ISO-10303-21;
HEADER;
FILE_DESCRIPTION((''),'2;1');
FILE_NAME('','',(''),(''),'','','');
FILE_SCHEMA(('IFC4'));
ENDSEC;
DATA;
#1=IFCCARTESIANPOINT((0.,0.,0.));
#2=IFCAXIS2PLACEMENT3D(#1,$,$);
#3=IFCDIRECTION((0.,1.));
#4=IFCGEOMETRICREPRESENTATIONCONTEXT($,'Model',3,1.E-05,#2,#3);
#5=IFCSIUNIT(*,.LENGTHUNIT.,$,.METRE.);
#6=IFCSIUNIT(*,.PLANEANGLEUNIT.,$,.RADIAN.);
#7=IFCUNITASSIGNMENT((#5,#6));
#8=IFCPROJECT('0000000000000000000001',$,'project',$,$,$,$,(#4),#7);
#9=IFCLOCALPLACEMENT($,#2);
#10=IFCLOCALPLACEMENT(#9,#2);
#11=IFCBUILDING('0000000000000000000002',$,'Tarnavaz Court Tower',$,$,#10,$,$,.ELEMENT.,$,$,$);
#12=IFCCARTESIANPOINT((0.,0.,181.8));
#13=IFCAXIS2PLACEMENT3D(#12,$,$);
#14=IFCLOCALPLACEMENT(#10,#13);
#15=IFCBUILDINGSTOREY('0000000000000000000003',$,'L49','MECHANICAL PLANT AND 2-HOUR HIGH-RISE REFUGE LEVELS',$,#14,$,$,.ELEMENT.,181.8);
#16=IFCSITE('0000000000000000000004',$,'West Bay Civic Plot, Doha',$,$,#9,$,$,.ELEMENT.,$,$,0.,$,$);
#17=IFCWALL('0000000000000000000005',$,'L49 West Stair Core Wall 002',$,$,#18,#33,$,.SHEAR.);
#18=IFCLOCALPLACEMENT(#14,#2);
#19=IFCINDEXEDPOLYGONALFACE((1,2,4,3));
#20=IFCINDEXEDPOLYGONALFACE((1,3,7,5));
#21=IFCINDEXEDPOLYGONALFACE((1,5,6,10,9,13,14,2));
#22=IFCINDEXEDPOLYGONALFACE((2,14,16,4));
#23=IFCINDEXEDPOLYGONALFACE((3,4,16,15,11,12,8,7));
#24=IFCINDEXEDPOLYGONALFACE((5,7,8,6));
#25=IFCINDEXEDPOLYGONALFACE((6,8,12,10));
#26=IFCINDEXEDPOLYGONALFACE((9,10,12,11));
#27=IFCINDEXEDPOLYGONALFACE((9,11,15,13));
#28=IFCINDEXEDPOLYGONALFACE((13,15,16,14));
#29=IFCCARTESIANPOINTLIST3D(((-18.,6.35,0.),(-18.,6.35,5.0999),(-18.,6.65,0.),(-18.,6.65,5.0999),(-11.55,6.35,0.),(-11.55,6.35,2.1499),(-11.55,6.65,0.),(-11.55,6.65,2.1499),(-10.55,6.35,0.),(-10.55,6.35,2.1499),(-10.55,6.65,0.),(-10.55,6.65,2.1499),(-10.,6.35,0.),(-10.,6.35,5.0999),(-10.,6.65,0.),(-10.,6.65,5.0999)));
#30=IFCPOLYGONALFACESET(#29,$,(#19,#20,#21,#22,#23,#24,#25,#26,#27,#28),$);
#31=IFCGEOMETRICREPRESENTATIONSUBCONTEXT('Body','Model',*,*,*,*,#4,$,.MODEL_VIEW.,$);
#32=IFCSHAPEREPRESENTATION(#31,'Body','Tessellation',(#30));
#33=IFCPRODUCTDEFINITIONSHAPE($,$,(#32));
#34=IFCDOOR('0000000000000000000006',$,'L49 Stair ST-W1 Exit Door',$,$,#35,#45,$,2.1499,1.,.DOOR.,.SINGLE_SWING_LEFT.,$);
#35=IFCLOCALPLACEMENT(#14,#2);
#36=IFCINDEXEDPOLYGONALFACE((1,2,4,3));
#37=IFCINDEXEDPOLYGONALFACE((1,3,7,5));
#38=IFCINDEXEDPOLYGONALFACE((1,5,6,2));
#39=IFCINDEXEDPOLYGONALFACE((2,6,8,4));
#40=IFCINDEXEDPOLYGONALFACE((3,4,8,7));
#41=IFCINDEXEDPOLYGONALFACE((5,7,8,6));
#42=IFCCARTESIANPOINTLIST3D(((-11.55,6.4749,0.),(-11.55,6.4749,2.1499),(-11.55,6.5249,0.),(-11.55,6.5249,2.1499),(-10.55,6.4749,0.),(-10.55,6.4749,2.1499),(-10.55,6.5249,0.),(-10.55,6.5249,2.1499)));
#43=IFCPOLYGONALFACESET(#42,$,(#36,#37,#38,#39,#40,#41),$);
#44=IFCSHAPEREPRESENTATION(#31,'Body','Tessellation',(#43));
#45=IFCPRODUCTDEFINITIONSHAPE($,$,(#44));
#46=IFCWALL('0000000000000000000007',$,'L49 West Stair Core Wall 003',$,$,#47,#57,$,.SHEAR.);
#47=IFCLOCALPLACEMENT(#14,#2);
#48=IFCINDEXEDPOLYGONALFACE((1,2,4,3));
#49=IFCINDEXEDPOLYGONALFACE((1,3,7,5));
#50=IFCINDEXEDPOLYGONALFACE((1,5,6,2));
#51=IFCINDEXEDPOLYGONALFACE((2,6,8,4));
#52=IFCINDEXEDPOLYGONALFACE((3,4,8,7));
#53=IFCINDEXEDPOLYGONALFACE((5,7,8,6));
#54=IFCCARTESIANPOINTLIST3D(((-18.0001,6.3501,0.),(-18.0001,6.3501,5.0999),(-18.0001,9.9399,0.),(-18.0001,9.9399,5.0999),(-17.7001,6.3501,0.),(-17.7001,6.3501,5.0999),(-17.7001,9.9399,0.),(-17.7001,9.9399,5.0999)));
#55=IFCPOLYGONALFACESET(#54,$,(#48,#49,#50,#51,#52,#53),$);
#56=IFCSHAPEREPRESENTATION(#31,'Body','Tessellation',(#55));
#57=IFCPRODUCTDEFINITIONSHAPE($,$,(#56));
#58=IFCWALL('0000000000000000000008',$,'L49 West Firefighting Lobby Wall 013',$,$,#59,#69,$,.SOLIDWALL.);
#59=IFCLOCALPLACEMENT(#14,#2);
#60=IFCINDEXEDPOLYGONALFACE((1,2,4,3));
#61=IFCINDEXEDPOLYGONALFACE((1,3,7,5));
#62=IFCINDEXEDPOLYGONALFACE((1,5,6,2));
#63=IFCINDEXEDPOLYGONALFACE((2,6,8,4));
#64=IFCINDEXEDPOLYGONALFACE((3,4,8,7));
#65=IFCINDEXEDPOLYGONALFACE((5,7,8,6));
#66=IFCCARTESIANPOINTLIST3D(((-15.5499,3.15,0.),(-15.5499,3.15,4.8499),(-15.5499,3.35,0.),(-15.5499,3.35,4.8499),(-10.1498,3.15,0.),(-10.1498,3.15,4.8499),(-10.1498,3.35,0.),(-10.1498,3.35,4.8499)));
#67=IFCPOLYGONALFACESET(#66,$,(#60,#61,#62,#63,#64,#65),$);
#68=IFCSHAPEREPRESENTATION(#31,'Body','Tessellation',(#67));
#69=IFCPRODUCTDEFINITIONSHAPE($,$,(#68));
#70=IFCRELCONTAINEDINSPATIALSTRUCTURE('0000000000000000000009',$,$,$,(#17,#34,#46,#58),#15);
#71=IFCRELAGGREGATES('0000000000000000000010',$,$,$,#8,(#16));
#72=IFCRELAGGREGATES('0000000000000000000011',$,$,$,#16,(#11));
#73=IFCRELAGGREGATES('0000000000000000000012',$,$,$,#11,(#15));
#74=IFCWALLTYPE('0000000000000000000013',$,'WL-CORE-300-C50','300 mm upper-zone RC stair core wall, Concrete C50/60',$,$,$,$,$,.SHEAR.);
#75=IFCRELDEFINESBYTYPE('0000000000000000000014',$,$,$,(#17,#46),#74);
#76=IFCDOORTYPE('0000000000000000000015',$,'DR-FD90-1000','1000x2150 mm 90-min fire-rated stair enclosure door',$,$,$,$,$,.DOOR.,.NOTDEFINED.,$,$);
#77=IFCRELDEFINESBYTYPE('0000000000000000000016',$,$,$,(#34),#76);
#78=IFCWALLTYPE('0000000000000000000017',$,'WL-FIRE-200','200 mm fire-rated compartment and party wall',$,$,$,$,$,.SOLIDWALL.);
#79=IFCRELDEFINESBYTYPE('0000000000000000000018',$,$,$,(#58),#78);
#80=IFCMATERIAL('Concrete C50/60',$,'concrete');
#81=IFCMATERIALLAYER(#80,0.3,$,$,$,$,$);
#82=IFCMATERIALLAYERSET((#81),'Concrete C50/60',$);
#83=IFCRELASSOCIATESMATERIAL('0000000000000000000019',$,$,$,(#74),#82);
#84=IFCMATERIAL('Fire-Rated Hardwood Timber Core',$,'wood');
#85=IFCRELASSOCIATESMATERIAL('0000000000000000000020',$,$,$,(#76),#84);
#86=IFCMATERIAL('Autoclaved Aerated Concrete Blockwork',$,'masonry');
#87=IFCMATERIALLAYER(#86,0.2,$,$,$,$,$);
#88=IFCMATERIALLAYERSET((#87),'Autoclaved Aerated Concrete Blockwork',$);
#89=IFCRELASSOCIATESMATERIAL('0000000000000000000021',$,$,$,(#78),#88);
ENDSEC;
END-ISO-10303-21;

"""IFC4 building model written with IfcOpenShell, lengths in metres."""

from ifc_helpers import new_model, si_unit, direction, frame, frame_2d, origin, place, context, subcontext, project, spatial, rectangle, extrude, material, layer, layer_set, type_object, element, fill, save


model = new_model("IFC4")

# Units and contexts
model_context = context("Model", 3, precision=1e-05, world=origin(), true_north=direction((0.0, 1.0)))
body_context = subcontext(model_context, "Body", "Model", "MODEL_VIEW")
ifc_project = project(units=[si_unit("LENGTHUNIT", "METRE"), si_unit("PLANEANGLEUNIT", "RADIAN")], contexts=[model_context])

# Site, building, storey
site_placement = place(None, origin())
site = spatial("IfcSite", under=ifc_project, at=site_placement, Name="West Bay Civic Plot, Doha", CompositionType="ELEMENT", RefElevation=0.0)
building_placement = place(site_placement, origin())
building = spatial("IfcBuilding", under=site, at=building_placement, Name="Tarnavaz Court Tower", CompositionType="ELEMENT")
storey_placement = place(building_placement, frame((0.0, 0.0, 181.8)))
storey = spatial("IfcBuildingStorey", under=building, at=storey_placement, Name="L49", Description="MECHANICAL PLANT AND 2-HOUR HIGH-RISE REFUGE LEVELS", CompositionType="ELEMENT", Elevation=181.8)

# Shared definitions
ifc_material_1 = material(Name="Concrete C50/60", Category="concrete")

# Wall, opening, door
ifc_layer_1 = layer(ifc_material_1, 0.3)
ifc_layer_set_1 = layer_set([ifc_layer_1], Name="Concrete C50/60")
wall_type_1 = type_object("IfcWallType", Name="WL-CORE-300-C50", Description="300 mm upper-zone RC stair core wall, Concrete C50/60", PredefinedType="SHEAR", material=ifc_layer_set_1)
wall_1_placement = place(storey_placement, frame((-18.0, 6.5, 0.0), z_axis=(0.0, 0.0, 1.0), x_axis=(1.0, 0.0, 0.0)))
wall_1 = element("IfcWall", 1, at=wall_1_placement, inside=storey, type_object=wall_type_1, Name="L49 West Stair Core Wall 002", PredefinedType="SHEAR", context=body_context, shape_type="SweptSolid", body=[
    extrude(rectangle(XDim=8.0, YDim=0.3, at=frame_2d((4.0, 0.0))), origin(), (0.0, 0.0, 1.0), 5.0999),
])
opening_placement = place(wall_1_placement, frame((6.45, 0.0, 0.0)))
opening = element("IfcOpeningElement", 2, at=opening_placement, cuts=wall_1, PredefinedType="OPENING", context=body_context, shape_type="SweptSolid", body=[
    extrude(rectangle(XDim=1.0, YDim=2.1499, at=frame_2d((0.5, 1.075))), frame((0.0, 0.1599, 0.0), z_axis=(0.0, -1.0, 0.0), x_axis=(1.0, 0.0, 0.0)), (0.0, 0.0, 1.0), 0.3201),
])
ifc_material_2 = material(Name="Fire-Rated Hardwood Timber Core", Category="wood")
door_type = type_object("IfcDoorType", Name="DR-FD90-1000", Description="1000x2150 mm 90-min fire-rated stair enclosure door", OperationType="NOTDEFINED", PredefinedType="DOOR", material=ifc_material_2)
door_placement = place(opening_placement, origin())
door = element("IfcDoor", 3, at=door_placement, inside=storey, type_object=door_type, Name="L49 Stair ST-W1 Exit Door", OperationType="SINGLE_SWING_LEFT", OverallHeight=2.1499, OverallWidth=1.0, PredefinedType="DOOR", context=body_context, shape_type="SweptSolid", body=[
    extrude(rectangle(XDim=1.0, YDim=2.1499, at=frame_2d((0.5, 1.075))), frame((0.0, 0.0249, 0.0), z_axis=(0.0, -1.0, 0.0), x_axis=(1.0, 0.0, 0.0)), (0.0, 0.0, 1.0), 0.05),
])
fill(opening, door)

# Walls
wall_2_placement = place(storey_placement, frame((-17.8501, 6.3501, 0.0), z_axis=(0.0, 0.0, 1.0), x_axis=(0.0, 1.0, 0.0)))
element("IfcWall", 4, at=wall_2_placement, inside=storey, type_object=wall_type_1, Name="L49 West Stair Core Wall 003", PredefinedType="SHEAR", context=body_context, shape_type="SweptSolid", body=[
    extrude(rectangle(XDim=3.5898, YDim=0.3, at=frame_2d((1.7949, 0.0))), origin(), (0.0, 0.0, 1.0), 5.0999),
])
ifc_material_3 = material(Name="Autoclaved Aerated Concrete Blockwork", Category="masonry")
ifc_layer_2 = layer(ifc_material_3, 0.2)
ifc_layer_set_2 = layer_set([ifc_layer_2], Name="Autoclaved Aerated Concrete Blockwork")
wall_type_2 = type_object("IfcWallType", Name="WL-FIRE-200", Description="200 mm fire-rated compartment and party wall", PredefinedType="SOLIDWALL", material=ifc_layer_set_2)
wall_3_placement = place(storey_placement, frame((-15.55, 3.25, 0.0), z_axis=(0.0, 0.0, 1.0), x_axis=(1.0, 0.0, 0.0)))
element("IfcWall", 5, at=wall_3_placement, inside=storey, type_object=wall_type_2, Name="L49 West Firefighting Lobby Wall 013", PredefinedType="SOLIDWALL", context=body_context, shape_type="SweptSolid", body=[
    extrude(rectangle(XDim=5.4001, YDim=0.2, at=frame_2d((2.7002, 0.0))), origin(), (0.0, 0.0, 1.0), 4.8499),
])

save(model, "model.ifc")
